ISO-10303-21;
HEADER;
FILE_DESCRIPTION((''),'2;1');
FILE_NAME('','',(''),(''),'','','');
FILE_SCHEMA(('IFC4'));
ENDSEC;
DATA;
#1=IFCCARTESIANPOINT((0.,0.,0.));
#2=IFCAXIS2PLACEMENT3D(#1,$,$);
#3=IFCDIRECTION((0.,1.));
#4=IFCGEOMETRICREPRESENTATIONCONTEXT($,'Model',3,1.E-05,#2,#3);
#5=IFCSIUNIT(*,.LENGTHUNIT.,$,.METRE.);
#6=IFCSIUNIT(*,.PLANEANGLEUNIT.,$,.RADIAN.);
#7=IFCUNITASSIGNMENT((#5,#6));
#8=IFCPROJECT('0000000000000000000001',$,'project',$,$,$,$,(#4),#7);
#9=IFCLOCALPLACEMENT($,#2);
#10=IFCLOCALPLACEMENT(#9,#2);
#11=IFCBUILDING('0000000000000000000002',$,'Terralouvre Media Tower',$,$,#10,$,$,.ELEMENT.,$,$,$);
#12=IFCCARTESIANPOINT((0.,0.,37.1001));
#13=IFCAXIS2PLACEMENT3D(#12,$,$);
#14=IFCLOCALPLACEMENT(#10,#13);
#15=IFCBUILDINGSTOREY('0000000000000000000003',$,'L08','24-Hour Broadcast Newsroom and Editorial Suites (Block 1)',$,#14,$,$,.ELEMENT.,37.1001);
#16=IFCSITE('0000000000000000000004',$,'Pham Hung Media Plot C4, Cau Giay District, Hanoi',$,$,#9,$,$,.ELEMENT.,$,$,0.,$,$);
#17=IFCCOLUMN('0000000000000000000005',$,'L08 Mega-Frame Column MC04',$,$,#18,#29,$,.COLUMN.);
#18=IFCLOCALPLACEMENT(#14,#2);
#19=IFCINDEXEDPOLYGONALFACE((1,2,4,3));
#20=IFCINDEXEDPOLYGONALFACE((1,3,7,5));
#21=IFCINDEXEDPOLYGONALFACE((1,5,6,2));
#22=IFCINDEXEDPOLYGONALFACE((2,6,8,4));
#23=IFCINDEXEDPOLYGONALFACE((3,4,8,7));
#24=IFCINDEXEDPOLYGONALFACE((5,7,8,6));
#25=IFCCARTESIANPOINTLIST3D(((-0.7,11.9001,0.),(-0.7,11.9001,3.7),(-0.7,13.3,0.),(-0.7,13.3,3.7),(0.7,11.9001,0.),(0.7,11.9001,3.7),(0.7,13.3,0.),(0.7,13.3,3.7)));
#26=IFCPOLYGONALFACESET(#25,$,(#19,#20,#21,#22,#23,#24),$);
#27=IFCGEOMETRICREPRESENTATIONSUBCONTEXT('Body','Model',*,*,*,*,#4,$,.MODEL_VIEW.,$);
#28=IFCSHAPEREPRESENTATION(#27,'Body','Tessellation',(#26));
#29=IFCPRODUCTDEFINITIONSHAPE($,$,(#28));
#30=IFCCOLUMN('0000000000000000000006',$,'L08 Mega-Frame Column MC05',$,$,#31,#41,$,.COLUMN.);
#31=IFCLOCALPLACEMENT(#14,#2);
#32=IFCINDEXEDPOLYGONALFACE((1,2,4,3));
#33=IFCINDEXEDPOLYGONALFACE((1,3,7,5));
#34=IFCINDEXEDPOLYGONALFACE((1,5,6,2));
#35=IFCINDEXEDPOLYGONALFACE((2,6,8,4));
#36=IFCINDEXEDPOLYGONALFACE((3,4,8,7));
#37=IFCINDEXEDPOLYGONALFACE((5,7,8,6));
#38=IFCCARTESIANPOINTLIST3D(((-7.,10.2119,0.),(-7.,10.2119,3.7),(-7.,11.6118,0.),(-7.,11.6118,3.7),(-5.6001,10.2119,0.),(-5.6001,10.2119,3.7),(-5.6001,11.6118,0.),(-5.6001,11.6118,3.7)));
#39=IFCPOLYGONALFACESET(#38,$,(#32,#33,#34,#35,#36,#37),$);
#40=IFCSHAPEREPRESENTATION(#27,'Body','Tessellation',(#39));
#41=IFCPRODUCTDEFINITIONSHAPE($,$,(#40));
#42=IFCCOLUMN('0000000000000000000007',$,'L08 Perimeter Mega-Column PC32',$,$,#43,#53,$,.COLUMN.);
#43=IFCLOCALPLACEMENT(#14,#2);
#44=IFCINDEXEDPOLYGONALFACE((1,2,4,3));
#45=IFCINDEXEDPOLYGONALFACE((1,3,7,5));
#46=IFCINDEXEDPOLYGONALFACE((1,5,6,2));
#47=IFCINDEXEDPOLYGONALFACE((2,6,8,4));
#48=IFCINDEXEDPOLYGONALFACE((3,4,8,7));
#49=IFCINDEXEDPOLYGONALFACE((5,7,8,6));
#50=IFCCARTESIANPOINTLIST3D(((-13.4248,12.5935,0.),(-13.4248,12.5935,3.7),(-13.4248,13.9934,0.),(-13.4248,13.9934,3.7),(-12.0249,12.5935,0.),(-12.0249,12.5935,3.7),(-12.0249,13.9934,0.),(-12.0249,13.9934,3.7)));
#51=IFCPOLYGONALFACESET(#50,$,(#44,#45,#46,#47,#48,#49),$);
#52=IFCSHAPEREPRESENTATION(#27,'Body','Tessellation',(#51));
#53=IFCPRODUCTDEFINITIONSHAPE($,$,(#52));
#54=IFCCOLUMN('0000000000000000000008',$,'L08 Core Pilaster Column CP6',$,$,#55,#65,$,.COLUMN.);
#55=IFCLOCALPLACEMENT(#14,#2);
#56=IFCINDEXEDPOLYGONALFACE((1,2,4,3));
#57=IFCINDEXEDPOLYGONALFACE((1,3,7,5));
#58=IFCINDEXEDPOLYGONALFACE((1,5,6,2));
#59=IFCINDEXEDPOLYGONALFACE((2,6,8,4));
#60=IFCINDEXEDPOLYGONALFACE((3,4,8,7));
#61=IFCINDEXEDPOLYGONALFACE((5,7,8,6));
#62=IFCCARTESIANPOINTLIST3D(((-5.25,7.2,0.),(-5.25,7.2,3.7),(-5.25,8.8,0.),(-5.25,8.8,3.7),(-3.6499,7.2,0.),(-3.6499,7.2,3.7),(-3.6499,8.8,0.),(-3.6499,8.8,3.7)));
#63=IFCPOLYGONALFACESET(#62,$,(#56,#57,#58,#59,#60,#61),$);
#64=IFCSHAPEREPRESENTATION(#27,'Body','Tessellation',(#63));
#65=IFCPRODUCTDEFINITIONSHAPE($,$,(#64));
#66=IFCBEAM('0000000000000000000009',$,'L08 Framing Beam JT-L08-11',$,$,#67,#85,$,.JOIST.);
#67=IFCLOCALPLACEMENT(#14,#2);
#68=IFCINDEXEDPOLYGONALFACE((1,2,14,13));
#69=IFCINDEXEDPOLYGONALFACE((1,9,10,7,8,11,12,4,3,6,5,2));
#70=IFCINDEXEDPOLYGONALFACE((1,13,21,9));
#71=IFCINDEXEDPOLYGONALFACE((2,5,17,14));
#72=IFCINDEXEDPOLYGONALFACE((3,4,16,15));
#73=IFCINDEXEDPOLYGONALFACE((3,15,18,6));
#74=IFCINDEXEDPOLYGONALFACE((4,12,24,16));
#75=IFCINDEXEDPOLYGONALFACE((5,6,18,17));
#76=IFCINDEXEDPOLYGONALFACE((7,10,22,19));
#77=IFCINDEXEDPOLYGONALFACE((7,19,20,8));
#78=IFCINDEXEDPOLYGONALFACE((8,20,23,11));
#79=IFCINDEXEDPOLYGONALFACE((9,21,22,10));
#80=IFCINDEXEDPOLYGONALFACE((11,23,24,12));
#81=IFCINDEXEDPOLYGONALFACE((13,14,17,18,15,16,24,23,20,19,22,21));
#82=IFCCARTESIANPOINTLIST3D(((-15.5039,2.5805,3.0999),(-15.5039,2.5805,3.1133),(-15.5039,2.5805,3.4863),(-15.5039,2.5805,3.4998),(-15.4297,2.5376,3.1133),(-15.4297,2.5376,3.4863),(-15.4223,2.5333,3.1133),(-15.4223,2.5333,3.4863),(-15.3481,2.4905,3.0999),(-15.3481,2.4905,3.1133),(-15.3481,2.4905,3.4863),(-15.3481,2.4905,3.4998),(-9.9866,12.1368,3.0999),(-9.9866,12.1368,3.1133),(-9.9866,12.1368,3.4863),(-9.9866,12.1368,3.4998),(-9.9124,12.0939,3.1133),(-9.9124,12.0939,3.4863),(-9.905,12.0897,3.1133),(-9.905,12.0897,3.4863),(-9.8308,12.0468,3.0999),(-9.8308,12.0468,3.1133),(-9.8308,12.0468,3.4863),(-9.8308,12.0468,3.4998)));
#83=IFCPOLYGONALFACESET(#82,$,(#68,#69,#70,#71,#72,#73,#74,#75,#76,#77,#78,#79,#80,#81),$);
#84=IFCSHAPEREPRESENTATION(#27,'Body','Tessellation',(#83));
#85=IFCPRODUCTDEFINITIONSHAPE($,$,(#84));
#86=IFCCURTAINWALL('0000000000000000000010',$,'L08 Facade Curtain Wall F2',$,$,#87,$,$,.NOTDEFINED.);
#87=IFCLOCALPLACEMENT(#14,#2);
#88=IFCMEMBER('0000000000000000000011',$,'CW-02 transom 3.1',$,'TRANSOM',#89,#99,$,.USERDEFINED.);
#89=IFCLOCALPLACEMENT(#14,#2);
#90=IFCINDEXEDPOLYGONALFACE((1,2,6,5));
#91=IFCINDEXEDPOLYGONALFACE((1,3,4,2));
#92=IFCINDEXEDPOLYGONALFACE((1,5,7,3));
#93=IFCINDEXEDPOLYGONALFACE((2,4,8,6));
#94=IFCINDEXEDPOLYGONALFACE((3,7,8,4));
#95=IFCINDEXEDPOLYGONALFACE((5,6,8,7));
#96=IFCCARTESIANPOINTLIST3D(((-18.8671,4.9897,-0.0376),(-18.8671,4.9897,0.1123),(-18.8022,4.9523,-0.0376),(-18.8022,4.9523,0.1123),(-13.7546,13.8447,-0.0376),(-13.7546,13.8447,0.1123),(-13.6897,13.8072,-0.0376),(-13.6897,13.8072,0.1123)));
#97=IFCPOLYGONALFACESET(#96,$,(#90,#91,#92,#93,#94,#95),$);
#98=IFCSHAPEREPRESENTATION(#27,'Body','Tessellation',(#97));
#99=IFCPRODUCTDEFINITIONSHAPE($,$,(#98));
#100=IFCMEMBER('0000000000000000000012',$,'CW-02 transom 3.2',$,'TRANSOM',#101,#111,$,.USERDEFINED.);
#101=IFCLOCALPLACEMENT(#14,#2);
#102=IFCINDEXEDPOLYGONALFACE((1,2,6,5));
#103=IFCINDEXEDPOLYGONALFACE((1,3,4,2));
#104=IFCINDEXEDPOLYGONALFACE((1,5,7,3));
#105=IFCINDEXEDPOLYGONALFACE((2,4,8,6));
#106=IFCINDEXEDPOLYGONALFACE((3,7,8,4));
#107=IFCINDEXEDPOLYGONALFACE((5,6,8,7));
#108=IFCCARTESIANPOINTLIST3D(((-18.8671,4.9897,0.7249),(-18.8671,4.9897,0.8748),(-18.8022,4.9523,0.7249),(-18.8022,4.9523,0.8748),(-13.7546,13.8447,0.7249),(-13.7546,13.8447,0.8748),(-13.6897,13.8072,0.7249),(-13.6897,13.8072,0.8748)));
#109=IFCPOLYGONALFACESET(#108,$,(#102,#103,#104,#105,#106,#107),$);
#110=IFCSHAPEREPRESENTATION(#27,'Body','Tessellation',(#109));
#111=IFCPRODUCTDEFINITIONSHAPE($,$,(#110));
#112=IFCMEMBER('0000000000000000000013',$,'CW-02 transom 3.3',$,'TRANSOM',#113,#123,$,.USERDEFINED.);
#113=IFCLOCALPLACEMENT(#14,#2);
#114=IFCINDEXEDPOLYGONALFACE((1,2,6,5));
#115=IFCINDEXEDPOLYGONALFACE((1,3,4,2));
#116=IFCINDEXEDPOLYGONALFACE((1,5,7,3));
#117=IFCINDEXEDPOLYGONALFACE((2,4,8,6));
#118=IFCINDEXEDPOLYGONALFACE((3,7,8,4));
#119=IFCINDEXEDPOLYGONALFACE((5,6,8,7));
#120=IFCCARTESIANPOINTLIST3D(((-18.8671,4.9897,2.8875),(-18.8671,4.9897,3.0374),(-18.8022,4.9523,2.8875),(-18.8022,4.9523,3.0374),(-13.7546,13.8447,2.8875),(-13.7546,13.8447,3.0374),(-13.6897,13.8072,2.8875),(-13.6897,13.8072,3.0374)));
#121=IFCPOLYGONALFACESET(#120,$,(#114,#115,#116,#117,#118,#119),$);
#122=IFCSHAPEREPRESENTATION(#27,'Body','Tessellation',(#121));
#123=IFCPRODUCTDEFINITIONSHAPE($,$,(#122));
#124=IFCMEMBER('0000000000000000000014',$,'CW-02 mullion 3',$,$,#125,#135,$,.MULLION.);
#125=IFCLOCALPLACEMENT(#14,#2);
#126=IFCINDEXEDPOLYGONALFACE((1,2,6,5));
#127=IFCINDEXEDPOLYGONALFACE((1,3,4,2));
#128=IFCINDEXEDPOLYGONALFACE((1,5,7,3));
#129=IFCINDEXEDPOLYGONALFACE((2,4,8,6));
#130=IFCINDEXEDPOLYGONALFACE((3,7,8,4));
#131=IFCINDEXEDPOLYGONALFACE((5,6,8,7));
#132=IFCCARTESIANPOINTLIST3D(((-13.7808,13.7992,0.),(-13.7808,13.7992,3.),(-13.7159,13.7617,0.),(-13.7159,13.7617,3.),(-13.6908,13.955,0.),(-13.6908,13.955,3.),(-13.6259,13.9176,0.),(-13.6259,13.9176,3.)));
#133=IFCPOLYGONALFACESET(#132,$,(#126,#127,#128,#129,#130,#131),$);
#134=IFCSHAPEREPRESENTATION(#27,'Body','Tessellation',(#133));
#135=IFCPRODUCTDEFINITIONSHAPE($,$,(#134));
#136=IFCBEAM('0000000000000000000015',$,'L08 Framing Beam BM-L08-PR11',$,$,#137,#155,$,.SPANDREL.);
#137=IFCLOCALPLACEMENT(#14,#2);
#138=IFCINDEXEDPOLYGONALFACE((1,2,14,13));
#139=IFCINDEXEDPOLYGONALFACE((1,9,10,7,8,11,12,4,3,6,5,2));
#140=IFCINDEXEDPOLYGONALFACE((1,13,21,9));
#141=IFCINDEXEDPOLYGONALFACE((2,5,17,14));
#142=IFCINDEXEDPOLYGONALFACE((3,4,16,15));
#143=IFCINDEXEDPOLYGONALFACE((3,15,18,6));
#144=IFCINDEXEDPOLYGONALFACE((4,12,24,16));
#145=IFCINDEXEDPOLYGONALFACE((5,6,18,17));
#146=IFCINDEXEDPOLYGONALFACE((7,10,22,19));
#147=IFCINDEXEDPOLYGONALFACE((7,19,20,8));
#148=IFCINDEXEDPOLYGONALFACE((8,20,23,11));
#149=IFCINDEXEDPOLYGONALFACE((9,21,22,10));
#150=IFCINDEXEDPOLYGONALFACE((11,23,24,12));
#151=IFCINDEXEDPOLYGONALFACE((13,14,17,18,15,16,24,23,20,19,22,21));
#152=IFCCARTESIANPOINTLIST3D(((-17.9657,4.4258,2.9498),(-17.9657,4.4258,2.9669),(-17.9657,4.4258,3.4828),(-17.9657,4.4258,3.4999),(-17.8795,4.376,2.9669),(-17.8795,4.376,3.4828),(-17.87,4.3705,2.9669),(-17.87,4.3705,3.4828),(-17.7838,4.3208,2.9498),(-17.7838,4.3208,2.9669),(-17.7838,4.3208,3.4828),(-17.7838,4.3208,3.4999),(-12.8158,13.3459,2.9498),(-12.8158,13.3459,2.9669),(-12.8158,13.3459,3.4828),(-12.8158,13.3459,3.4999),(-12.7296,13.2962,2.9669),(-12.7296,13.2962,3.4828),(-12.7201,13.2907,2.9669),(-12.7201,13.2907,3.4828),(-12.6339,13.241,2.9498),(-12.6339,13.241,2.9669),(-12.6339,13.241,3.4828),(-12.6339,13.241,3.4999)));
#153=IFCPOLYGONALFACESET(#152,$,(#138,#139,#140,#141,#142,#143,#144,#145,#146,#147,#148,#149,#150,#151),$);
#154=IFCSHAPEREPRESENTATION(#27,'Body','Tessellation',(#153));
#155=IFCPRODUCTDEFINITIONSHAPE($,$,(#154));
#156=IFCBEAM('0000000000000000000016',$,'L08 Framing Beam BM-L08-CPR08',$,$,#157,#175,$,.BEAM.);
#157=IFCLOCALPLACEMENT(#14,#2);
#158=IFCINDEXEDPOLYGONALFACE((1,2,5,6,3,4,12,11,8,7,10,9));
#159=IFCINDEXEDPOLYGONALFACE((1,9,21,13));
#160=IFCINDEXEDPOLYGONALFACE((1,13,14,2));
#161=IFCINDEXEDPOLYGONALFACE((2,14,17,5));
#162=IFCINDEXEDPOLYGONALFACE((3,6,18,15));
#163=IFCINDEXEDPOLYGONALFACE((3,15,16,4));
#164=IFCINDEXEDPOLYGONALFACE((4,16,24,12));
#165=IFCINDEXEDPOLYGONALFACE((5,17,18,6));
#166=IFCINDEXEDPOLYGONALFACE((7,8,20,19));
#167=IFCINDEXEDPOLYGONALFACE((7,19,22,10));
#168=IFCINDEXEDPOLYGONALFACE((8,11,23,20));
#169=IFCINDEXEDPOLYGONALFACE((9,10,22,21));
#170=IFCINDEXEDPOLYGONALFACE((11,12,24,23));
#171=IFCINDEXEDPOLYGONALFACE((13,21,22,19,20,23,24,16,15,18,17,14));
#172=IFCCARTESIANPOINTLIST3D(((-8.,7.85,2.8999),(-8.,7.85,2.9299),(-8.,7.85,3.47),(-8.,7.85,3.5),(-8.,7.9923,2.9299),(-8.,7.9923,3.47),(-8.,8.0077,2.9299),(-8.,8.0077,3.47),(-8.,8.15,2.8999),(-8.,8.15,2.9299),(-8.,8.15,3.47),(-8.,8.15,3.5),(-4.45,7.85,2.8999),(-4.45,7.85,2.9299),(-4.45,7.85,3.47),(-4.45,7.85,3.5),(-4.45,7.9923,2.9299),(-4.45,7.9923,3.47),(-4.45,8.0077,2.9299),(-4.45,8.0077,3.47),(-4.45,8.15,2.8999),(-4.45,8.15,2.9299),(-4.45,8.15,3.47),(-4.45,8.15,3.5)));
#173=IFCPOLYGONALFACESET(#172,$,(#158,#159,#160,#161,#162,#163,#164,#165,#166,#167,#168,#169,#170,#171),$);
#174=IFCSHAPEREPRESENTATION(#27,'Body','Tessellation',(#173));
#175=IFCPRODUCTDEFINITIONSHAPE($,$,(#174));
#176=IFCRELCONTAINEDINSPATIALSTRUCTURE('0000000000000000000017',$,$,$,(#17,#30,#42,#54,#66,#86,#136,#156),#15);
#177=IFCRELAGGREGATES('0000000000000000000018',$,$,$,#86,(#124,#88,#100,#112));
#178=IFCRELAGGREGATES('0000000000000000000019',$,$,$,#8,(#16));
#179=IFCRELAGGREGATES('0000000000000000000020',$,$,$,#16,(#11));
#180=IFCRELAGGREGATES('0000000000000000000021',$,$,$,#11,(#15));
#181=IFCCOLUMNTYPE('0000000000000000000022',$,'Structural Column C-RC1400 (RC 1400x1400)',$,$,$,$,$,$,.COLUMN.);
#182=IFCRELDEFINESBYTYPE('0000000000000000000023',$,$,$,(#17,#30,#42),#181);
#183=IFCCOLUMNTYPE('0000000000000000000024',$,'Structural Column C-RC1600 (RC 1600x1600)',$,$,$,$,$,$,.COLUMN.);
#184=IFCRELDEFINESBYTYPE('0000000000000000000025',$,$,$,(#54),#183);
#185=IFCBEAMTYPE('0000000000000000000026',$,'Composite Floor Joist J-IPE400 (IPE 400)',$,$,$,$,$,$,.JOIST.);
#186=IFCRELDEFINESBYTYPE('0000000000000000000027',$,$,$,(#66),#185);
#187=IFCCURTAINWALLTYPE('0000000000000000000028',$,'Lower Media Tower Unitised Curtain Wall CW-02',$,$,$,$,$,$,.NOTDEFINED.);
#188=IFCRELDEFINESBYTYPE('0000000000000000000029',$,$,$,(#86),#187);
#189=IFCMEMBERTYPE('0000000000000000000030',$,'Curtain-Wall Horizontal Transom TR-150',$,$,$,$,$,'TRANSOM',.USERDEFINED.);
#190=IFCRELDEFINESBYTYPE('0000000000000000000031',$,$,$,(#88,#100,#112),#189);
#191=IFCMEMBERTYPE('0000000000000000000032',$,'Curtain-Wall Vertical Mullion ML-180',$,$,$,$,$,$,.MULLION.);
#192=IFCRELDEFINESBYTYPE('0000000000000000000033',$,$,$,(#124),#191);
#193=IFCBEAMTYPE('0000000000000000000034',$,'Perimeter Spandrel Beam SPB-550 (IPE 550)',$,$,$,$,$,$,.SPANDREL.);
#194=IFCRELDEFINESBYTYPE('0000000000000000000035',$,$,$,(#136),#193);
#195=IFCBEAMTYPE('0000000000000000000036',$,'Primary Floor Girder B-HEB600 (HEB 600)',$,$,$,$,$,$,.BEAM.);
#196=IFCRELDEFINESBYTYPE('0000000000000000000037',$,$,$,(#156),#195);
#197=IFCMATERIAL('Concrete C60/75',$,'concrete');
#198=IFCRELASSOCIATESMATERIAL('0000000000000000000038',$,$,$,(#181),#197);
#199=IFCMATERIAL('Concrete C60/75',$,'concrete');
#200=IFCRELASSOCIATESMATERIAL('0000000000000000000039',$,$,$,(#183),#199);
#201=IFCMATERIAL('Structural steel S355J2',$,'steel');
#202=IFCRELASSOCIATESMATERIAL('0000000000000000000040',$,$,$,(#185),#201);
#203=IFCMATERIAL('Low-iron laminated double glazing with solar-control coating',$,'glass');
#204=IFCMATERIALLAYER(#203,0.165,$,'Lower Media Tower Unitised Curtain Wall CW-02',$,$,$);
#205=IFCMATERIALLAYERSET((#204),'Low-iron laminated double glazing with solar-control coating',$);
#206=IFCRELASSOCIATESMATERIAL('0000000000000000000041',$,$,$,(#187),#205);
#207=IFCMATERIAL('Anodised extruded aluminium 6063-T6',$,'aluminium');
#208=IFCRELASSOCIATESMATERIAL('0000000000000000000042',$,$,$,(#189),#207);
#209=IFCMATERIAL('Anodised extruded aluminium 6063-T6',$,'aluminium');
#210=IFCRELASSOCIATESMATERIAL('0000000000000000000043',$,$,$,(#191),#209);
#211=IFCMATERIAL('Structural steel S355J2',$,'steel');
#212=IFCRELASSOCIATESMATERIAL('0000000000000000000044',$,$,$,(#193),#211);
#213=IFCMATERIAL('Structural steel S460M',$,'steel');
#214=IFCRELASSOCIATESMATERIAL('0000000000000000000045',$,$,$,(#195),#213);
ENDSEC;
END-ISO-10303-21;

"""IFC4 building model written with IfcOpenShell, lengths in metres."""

from ifc_helpers import new_model, si_unit, direction, frame, origin, origin_2d, place, context, subcontext, project, spatial, rectangle, i_section, extrude, material, layer, layer_set, material_profile, profile_set, type_object, element, aggregate, save


model = new_model("IFC4")

# Units and contexts
model_context = context("Model", 3, precision=1e-05, world=origin(), true_north=direction((0.0, 1.0)))
body_context = subcontext(model_context, "Body", "Model", "MODEL_VIEW")
ifc_project = project(units=[si_unit("LENGTHUNIT", "METRE"), si_unit("PLANEANGLEUNIT", "RADIAN")], contexts=[model_context])

# Site, building, storey
site_placement = place(None, origin())
site = spatial("IfcSite", under=ifc_project, at=site_placement, Name="Pham Hung Media Plot C4, Cau Giay District, Hanoi", CompositionType="ELEMENT", RefElevation=0.0)
building_placement = place(site_placement, origin())
building = spatial("IfcBuilding", under=site, at=building_placement, Name="Terralouvre Media Tower", CompositionType="ELEMENT")
storey_placement = place(building_placement, frame((0.0, 0.0, 37.1001)))
storey = spatial("IfcBuildingStorey", under=building, at=storey_placement, Name="L08", Description="24-Hour Broadcast Newsroom and Editorial Suites (Block 1)", CompositionType="ELEMENT", Elevation=37.1001)

# Columns
ifc_material_1 = material(Name="Concrete C60/75", Category="concrete")
ifc_material_profile_1 = material_profile(ifc_material_1, rectangle(XDim=1.3999, YDim=1.3999, at=origin_2d()), Name="RC 1400x1400")
ifc_profile_set_1 = profile_set([ifc_material_profile_1], Name="Concrete C60/75")
column_type_1 = type_object("IfcColumnType", Name="Structural Column C-RC1400 (RC 1400x1400)", PredefinedType="COLUMN", material=ifc_profile_set_1)
for number, where, z_axis, x_axis, name in (
    (1, (0.0, 12.6001, 0.0), (0.0, 0.0, 1.0), (1.0, 0.0, 0.0), "L08 Mega-Frame Column MC04"),
    (2, (-6.3, 10.9119, 0.0), (0.0, 0.0, 1.0), (1.0, 0.0, 0.0), "L08 Mega-Frame Column MC05"),
    (3, (-12.7249, 13.2935, 0.0), (0.0, 0.0, 1.0), (1.0, 0.0, 0.0), "L08 Perimeter Mega-Column PC32"),
):
    element("IfcColumn", number, at=place(storey_placement, frame(where, z_axis=z_axis, x_axis=x_axis)), inside=storey, type_object=column_type_1, Name=name, PredefinedType="COLUMN", context=body_context, shape_type="SweptSolid", body=[
        extrude(rectangle(XDim=1.3999, YDim=1.3999, at=origin_2d()), origin(), (0.0, 0.0, 1.0), 3.7),
    ])
ifc_material_2 = material(Name="Concrete C60/75", Category="concrete")
ifc_material_profile_2 = material_profile(ifc_material_2, rectangle(XDim=1.6001, YDim=1.6001, at=origin_2d()), Name="RC 1600x1600")
ifc_profile_set_2 = profile_set([ifc_material_profile_2], Name="Concrete C60/75")
column_type_2 = type_object("IfcColumnType", Name="Structural Column C-RC1600 (RC 1600x1600)", PredefinedType="COLUMN", material=ifc_profile_set_2)
column_placement = place(storey_placement, frame((-4.45, 8.0, 0.0), z_axis=(0.0, 0.0, 1.0), x_axis=(1.0, 0.0, 0.0)))
element("IfcColumn", 4, at=column_placement, inside=storey, type_object=column_type_2, Name="L08 Core Pilaster Column CP6", PredefinedType="COLUMN", context=body_context, shape_type="SweptSolid", body=[
    extrude(rectangle(XDim=1.6001, YDim=1.6001, at=origin_2d()), origin(), (0.0, 0.0, 1.0), 3.7),
])

# Beam
ifc_material_3 = material(Name="Structural steel S355J2", Category="steel")
ifc_material_profile_3 = material_profile(ifc_material_3, i_section(OverallWidth=0.1799, OverallDepth=0.3999, WebThickness=0.0085, FlangeThickness=0.0134, at=origin_2d()), Name="IPE 400")
ifc_profile_set_3 = profile_set([ifc_material_profile_3], Name="Structural steel S355J2")
beam_type_1 = type_object("IfcBeamType", Name="Composite Floor Joist J-IPE400 (IPE 400)", PredefinedType="JOIST", material=ifc_profile_set_3)
beam_1_placement = place(storey_placement, frame((-9.9087, 12.0918, 3.2998), z_axis=(-0.499996, -0.866028, 0.0), x_axis=(0.866028, -0.499996, 0.0)))
element("IfcBeam", 5, at=beam_1_placement, inside=storey, type_object=beam_type_1, Name="L08 Framing Beam JT-L08-11", PredefinedType="JOIST", context=body_context, shape_type="SweptSolid", body=[
    extrude(i_section(OverallWidth=0.1799, OverallDepth=0.3999, WebThickness=0.0085, FlangeThickness=0.0134, at=origin_2d()), origin(), (0.0, 0.0, 1.0), 11.0347),
])

# Curtain wall, members
ifc_material_4 = material(Name="Low-iron laminated double glazing with solar-control coating", Category="glass")
ifc_layer_1 = layer(ifc_material_4, 0.165, Name="Lower Media Tower Unitised Curtain Wall CW-02")
ifc_layer_set_1 = layer_set([ifc_layer_1], Name="Low-iron laminated double glazing with solar-control coating")
curtain_wall_type = type_object("IfcCurtainWallType", Name="Lower Media Tower Unitised Curtain Wall CW-02", PredefinedType="NOTDEFINED", material=ifc_layer_set_1)
curtain_wall_placement = place(storey_placement, origin())
curtain_wall = element("IfcCurtainWall", 6, at=curtain_wall_placement, inside=storey, type_object=curtain_wall_type, Name="L08 Facade Curtain Wall F2", PredefinedType="NOTDEFINED")
ifc_material_5 = material(Name="Anodised extruded aluminium 6063-T6", Category="aluminium")
ifc_material_profile_4 = material_profile(ifc_material_5, rectangle(XDim=0.075, YDim=0.1499, at=origin_2d()), Name="ALU 75x150")
ifc_profile_set_4 = profile_set([ifc_material_profile_4], Name="Anodised extruded aluminium 6063-T6")
member_type_1 = type_object("IfcMemberType", Name="Curtain-Wall Horizontal Transom TR-150", ElementType="TRANSOM", PredefinedType="USERDEFINED", material=ifc_profile_set_4)
member_1_placement = place(storey_placement, frame((-13.7222, 13.8259, 0.0374), z_axis=(-0.500009, -0.86602, 0.0), x_axis=(0.86602, -0.500009, 0.0)))
member_1 = element("IfcMember", 7, at=member_1_placement, type_object=member_type_1, Name="CW-02 transom 3.1", ObjectType="TRANSOM", PredefinedType="USERDEFINED", context=body_context, shape_type="SweptSolid", body=[
    extrude(rectangle(XDim=0.075, YDim=0.1499, at=origin_2d()), origin(), (0.0, 0.0, 1.0), 10.2249),
])
member_2_placement = place(storey_placement, frame((-13.7222, 13.8259, 0.7998), z_axis=(-0.500009, -0.86602, 0.0), x_axis=(0.86602, -0.500009, 0.0)))
member_2 = element("IfcMember", 8, at=member_2_placement, type_object=member_type_1, Name="CW-02 transom 3.2", ObjectType="TRANSOM", PredefinedType="USERDEFINED", context=body_context, shape_type="SweptSolid", body=[
    extrude(rectangle(XDim=0.075, YDim=0.1499, at=origin_2d()), origin(), (0.0, 0.0, 1.0), 10.2249),
])
member_3_placement = place(storey_placement, frame((-13.7222, 13.8259, 2.9624), z_axis=(-0.500009, -0.86602, 0.0), x_axis=(0.86602, -0.500009, 0.0)))
member_3 = element("IfcMember", 9, at=member_3_placement, type_object=member_type_1, Name="CW-02 transom 3.3", ObjectType="TRANSOM", PredefinedType="USERDEFINED", context=body_context, shape_type="SweptSolid", body=[
    extrude(rectangle(XDim=0.075, YDim=0.1499, at=origin_2d()), origin(), (0.0, 0.0, 1.0), 10.2249),
])
ifc_material_6 = material(Name="Anodised extruded aluminium 6063-T6", Category="aluminium")
ifc_material_profile_5 = material_profile(ifc_material_6, rectangle(XDim=0.075, YDim=0.1799, at=origin_2d()), Name="ALU 75x180")
ifc_profile_set_5 = profile_set([ifc_material_profile_5], Name="Anodised extruded aluminium 6063-T6")
member_type_2 = type_object("IfcMemberType", Name="Curtain-Wall Vertical Mullion ML-180", PredefinedType="MULLION", material=ifc_profile_set_5)
member_4_placement = place(storey_placement, frame((-13.7034, 13.8584, 0.0), z_axis=(0.0, 0.0, 1.0), x_axis=(0.866025, -0.5, 0.0)))
member_4 = element("IfcMember", 10, at=member_4_placement, type_object=member_type_2, Name="CW-02 mullion 3", PredefinedType="MULLION", context=body_context, shape_type="SweptSolid", body=[
    extrude(rectangle(XDim=0.075, YDim=0.1799, at=origin_2d()), origin(), (0.0, 0.0, 1.0), 3.0),
])

# Beams
ifc_material_7 = material(Name="Structural steel S355J2", Category="steel")
ifc_material_profile_6 = material_profile(ifc_material_7, i_section(OverallWidth=0.21, OverallDepth=0.55, WebThickness=0.011, FlangeThickness=0.0171, at=origin_2d()), Name="IPE 550")
ifc_profile_set_6 = profile_set([ifc_material_profile_6], Name="Structural steel S355J2")
beam_type_2 = type_object("IfcBeamType", Name="Perimeter Spandrel Beam SPB-550 (IPE 550)", PredefinedType="SPANDREL", material=ifc_profile_set_6)
beam_2_placement = place(storey_placement, frame((-12.7249, 13.2935, 3.2249), z_axis=(-0.499989, -0.866032, 0.0), x_axis=(0.866032, -0.499989, 0.0)))
element("IfcBeam", 11, at=beam_2_placement, inside=storey, type_object=beam_type_2, Name="L08 Framing Beam BM-L08-PR11", PredefinedType="SPANDREL", context=body_context, shape_type="SweptSolid", body=[
    extrude(i_section(OverallWidth=0.21, OverallDepth=0.55, WebThickness=0.011, FlangeThickness=0.0171, at=origin_2d()), origin(), (0.0, 0.0, 1.0), 10.3),
])
ifc_material_8 = material(Name="Structural steel S460M", Category="steel")
ifc_material_profile_7 = material_profile(ifc_material_8, i_section(OverallWidth=0.3, OverallDepth=0.6001, WebThickness=0.0154, FlangeThickness=0.03, at=origin_2d()), Name="HEB 600")
ifc_profile_set_7 = profile_set([ifc_material_profile_7], Name="Structural steel S460M")
beam_type_3 = type_object("IfcBeamType", Name="Primary Floor Girder B-HEB600 (HEB 600)", PredefinedType="BEAM", material=ifc_profile_set_7)
beam_3_placement = place(storey_placement, frame((-4.45, 8.0, 3.2), z_axis=(-1.0, 0.0, 0.0), x_axis=(0.0, -1.0, 0.0)))
element("IfcBeam", 12, at=beam_3_placement, inside=storey, type_object=beam_type_3, Name="L08 Framing Beam BM-L08-CPR08", PredefinedType="BEAM", context=body_context, shape_type="SweptSolid", body=[
    extrude(i_section(OverallWidth=0.3, OverallDepth=0.6001, WebThickness=0.0154, FlangeThickness=0.03, at=origin_2d()), origin(), (0.0, 0.0, 1.0), 3.55),
])

aggregate(curtain_wall, [member_4, member_1, member_2, member_3])

save(model, "model.ifc")
